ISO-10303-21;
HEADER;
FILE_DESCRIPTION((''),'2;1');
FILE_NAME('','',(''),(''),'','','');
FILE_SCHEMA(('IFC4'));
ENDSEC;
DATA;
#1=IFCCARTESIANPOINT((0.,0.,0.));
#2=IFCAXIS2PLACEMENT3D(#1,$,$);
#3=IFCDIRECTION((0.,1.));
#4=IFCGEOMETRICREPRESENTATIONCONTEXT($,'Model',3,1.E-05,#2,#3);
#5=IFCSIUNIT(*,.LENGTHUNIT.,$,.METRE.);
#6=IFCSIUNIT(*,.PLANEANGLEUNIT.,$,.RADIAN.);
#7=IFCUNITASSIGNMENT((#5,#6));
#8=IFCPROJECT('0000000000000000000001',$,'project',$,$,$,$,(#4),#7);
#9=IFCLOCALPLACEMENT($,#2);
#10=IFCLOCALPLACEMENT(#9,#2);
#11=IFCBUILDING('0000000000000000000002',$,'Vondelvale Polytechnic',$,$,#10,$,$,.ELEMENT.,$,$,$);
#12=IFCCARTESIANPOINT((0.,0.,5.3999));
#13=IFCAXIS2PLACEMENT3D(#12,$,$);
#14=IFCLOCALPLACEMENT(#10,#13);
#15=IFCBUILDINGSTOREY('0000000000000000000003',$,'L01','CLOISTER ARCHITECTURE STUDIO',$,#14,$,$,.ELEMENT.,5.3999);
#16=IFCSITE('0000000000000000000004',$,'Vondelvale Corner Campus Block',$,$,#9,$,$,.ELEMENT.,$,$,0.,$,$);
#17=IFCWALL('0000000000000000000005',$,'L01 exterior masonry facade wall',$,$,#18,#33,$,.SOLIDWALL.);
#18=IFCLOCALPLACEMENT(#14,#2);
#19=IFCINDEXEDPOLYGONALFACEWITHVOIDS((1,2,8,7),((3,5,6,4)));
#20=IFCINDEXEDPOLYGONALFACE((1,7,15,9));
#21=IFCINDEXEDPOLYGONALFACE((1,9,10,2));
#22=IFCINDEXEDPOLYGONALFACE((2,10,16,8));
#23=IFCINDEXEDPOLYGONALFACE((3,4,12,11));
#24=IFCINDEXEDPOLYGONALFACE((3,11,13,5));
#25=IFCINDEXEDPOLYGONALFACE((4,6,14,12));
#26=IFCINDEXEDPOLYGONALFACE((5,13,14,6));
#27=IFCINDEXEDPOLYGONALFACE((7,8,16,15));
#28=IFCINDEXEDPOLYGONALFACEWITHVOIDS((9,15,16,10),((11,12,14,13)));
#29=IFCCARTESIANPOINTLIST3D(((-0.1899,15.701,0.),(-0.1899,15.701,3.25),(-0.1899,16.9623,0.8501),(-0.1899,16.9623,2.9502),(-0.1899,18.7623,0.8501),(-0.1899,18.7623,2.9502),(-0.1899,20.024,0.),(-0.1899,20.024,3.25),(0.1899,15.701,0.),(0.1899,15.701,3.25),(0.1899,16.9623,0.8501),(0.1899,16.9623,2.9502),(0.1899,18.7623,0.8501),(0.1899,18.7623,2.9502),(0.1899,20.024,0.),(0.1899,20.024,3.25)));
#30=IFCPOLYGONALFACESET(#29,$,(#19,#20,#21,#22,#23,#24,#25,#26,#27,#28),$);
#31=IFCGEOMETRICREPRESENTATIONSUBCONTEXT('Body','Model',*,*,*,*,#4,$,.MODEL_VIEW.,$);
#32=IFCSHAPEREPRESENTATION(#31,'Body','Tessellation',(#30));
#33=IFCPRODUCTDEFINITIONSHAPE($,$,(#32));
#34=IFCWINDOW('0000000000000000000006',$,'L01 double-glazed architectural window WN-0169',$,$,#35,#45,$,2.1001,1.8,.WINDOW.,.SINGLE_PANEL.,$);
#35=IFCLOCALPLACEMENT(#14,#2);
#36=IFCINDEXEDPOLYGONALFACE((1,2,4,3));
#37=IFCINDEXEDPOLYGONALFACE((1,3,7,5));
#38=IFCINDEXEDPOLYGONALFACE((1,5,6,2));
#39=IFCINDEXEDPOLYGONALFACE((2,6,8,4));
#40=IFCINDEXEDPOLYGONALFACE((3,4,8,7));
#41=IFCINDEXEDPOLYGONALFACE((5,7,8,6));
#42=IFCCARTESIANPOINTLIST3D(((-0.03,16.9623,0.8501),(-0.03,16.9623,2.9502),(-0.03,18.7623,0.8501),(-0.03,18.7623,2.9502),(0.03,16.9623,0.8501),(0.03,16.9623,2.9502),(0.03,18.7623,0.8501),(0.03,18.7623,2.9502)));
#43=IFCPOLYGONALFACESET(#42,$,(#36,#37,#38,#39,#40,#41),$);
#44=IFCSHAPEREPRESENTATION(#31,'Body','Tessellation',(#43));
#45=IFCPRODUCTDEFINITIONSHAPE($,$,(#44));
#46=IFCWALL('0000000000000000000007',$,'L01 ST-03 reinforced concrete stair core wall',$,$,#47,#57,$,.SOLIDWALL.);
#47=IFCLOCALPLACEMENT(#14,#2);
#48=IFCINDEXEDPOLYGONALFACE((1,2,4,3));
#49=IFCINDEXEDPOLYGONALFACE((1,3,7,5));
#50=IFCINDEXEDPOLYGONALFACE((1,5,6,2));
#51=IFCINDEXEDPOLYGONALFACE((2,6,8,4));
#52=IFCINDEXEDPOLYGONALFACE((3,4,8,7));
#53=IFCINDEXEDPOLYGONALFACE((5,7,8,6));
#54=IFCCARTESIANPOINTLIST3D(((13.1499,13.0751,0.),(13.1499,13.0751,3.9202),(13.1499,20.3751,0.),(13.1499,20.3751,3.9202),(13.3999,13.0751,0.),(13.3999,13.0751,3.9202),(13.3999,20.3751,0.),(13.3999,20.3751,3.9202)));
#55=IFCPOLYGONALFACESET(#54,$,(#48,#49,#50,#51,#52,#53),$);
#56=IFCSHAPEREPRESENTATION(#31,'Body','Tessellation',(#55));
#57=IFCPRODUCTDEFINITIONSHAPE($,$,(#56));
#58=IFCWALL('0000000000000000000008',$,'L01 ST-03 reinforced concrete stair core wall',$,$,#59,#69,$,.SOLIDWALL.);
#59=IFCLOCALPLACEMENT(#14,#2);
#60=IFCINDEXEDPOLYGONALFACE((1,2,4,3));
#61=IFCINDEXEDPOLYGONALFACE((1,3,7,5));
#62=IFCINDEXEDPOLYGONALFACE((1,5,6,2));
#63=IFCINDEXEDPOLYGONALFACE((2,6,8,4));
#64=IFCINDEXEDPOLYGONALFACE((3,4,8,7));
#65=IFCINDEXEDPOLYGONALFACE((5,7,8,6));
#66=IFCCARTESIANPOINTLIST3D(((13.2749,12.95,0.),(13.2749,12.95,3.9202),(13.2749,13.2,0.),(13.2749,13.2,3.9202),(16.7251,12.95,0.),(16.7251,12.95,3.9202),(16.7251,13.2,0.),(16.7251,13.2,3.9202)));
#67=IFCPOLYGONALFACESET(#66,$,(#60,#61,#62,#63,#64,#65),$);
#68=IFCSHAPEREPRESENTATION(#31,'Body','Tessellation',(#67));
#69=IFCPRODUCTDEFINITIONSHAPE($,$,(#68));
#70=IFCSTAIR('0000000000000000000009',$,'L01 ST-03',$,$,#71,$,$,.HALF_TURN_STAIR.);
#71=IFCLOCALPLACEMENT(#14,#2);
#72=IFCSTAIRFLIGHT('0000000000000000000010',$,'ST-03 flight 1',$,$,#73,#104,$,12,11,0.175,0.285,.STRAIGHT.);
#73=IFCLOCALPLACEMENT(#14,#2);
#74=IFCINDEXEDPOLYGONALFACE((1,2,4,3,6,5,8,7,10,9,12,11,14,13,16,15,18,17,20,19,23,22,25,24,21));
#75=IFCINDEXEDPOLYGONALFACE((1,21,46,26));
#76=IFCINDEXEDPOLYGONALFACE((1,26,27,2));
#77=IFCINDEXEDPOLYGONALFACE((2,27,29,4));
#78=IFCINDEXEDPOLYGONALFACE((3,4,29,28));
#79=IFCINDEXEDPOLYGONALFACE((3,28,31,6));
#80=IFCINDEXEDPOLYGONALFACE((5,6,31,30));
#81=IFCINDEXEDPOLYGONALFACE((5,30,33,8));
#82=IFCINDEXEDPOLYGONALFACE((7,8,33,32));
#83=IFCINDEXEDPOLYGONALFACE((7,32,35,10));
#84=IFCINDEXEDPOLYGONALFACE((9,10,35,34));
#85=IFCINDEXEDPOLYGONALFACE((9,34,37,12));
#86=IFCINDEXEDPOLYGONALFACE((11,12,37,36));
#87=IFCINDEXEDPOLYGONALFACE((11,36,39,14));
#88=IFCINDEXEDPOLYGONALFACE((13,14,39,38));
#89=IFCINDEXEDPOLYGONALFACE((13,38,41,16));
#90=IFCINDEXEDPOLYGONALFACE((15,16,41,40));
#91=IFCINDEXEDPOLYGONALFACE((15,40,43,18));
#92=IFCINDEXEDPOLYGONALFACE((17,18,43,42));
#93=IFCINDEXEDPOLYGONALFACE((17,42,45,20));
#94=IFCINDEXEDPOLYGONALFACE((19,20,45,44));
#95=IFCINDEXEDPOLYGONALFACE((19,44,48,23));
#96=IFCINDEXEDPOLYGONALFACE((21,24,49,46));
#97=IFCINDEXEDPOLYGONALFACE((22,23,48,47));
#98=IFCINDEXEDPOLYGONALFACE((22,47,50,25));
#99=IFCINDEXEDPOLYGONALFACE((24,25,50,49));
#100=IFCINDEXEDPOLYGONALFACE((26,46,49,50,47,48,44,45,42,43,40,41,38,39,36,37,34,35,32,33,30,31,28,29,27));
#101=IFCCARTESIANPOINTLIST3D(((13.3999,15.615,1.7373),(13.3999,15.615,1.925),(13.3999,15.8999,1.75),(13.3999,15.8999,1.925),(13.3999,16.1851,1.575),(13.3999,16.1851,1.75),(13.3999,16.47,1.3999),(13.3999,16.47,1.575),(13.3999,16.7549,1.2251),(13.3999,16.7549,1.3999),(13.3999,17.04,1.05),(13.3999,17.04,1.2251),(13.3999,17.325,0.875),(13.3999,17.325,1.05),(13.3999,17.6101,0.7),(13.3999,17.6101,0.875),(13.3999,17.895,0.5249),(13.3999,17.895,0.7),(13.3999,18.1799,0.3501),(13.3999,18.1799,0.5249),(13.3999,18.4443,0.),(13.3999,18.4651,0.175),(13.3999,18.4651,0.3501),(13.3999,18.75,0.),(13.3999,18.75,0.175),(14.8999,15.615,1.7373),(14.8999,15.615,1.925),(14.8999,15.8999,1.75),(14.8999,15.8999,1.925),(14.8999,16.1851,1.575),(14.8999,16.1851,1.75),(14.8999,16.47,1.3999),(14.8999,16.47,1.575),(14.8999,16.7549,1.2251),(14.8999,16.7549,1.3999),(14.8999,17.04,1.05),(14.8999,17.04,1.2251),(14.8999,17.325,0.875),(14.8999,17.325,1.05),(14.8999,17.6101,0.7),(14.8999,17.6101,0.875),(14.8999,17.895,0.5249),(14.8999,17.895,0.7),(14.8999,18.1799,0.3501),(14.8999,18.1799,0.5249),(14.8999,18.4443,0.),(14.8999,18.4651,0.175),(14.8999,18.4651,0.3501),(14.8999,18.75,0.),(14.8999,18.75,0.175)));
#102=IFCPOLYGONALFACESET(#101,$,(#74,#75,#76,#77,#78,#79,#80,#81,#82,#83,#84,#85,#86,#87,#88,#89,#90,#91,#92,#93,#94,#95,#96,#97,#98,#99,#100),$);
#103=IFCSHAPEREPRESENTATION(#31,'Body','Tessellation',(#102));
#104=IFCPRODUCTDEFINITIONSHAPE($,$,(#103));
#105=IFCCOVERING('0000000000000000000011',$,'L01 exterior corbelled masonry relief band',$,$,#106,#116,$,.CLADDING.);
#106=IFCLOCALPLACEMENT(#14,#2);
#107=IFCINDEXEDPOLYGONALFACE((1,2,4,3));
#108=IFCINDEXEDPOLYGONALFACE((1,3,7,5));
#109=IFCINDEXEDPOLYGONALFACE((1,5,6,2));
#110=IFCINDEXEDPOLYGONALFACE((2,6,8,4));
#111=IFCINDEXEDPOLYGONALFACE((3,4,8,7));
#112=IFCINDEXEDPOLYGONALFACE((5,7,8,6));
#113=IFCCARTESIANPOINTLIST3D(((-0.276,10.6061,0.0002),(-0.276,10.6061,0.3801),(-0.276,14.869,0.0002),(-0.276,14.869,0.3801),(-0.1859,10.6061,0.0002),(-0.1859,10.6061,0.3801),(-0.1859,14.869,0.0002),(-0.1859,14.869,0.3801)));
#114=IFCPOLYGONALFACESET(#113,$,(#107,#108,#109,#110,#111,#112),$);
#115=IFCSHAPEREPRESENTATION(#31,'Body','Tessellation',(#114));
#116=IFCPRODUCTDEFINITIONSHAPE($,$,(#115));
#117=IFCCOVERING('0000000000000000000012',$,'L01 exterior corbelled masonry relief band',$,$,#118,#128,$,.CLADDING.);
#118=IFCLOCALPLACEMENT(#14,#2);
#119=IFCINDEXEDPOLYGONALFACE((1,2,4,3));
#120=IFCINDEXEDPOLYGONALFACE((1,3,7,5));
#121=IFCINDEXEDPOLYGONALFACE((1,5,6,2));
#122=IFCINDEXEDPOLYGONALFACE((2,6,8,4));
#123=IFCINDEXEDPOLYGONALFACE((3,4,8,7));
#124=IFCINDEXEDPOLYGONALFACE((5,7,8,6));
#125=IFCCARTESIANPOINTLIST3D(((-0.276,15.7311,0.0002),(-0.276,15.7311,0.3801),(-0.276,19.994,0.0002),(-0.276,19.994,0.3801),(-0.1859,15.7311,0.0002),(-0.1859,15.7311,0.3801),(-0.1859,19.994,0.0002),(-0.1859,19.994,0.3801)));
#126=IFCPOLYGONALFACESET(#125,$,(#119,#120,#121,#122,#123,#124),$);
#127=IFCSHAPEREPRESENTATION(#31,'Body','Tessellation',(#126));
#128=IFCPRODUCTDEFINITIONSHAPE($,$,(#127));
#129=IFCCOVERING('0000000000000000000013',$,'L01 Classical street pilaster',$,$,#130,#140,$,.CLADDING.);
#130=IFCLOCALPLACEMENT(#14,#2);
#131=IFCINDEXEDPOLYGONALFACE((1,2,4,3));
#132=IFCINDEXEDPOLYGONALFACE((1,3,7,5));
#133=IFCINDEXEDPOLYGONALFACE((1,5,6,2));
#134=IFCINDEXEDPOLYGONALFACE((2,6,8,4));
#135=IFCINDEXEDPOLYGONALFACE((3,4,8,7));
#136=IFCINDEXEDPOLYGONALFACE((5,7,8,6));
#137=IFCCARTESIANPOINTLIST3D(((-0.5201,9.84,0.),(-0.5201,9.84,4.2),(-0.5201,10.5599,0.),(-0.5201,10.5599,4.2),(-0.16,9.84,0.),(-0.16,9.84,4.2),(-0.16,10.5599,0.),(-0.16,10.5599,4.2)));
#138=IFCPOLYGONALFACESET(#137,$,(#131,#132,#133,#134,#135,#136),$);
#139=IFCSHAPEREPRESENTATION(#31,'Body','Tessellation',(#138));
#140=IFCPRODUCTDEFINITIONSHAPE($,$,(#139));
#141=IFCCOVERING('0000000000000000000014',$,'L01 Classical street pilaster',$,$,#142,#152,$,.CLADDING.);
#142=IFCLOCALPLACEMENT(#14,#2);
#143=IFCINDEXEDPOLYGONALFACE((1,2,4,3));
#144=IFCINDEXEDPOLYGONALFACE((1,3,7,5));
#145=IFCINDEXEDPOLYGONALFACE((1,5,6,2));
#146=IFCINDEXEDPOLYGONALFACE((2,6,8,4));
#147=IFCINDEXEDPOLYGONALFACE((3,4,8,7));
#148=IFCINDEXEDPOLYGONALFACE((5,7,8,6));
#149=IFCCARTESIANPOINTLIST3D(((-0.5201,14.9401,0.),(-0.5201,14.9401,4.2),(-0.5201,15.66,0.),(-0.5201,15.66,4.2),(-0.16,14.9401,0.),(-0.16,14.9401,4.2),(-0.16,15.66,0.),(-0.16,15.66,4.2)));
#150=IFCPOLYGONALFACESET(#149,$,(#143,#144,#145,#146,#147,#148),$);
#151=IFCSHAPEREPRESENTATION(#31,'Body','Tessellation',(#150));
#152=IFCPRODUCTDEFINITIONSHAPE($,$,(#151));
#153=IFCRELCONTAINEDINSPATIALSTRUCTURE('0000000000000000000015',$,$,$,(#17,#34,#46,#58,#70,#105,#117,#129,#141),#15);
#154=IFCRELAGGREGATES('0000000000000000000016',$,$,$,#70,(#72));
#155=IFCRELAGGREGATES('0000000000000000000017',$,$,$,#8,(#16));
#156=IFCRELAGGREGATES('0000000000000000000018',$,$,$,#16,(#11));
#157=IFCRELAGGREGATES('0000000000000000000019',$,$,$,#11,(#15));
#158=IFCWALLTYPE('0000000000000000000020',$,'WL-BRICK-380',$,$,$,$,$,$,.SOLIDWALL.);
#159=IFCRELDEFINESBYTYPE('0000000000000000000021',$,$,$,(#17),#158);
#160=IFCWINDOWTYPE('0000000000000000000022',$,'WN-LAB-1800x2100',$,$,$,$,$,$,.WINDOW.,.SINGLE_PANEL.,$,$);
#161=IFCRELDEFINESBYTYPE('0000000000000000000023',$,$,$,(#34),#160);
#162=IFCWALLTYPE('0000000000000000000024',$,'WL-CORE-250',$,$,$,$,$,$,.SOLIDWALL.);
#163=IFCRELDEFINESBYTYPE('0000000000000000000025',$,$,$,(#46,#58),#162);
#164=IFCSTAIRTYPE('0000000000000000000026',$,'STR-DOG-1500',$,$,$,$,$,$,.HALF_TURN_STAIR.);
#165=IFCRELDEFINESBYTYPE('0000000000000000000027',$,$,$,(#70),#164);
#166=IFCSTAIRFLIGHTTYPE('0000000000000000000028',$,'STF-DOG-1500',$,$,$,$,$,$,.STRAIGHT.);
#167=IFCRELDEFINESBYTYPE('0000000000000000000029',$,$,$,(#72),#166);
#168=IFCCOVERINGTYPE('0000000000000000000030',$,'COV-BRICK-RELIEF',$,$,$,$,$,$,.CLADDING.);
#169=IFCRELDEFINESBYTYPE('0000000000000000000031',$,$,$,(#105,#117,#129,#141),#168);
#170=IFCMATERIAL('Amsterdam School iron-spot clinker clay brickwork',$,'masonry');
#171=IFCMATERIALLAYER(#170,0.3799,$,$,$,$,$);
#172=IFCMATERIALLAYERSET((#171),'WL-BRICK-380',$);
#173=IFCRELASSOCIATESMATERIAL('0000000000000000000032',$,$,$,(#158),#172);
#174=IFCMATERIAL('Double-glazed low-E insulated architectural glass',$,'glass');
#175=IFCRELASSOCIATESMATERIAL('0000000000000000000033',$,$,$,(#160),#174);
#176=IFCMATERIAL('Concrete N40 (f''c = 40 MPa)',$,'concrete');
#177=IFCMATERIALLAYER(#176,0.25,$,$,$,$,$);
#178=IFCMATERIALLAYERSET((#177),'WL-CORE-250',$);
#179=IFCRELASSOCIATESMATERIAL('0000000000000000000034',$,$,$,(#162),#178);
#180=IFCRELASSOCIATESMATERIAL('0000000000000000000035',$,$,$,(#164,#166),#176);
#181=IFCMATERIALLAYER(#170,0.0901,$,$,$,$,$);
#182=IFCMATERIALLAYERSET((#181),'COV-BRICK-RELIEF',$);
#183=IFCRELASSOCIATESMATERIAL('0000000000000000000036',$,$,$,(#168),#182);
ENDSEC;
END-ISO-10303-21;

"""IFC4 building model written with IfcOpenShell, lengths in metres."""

from ifc_helpers import new_model, si_unit, direction, frame, frame_2d, origin, origin_2d, place, context, subcontext, project, spatial, polyline, rectangle, outline, extrude, material, layer, layer_set, type_object, element, fill, aggregate, save


model = new_model("IFC4")

# Units and contexts
model_context = context("Model", 3, precision=1e-05, world=origin(), true_north=direction((0.0, 1.0)))
body_context = subcontext(model_context, "Body", "Model", "MODEL_VIEW")
ifc_project = project(units=[si_unit("LENGTHUNIT", "METRE"), si_unit("PLANEANGLEUNIT", "RADIAN")], contexts=[model_context])

# Site, building, storey
site_placement = place(None, origin())
site = spatial("IfcSite", under=ifc_project, at=site_placement, Name="Vondelvale Corner Campus Block", CompositionType="ELEMENT", RefElevation=0.0)
building_placement = place(site_placement, origin())
building = spatial("IfcBuilding", under=site, at=building_placement, Name="Vondelvale Polytechnic", CompositionType="ELEMENT")
storey_placement = place(building_placement, frame((0.0, 0.0, 5.3999)))
storey = spatial("IfcBuildingStorey", under=building, at=storey_placement, Name="L01", Description="CLOISTER ARCHITECTURE STUDIO", CompositionType="ELEMENT", Elevation=5.3999)

# Shared definitions
ifc_material_1 = material(Name="Concrete N40 (f'c = 40 MPa)", Category="concrete")

# Wall, opening, window
ifc_material_2 = material(Name="Amsterdam School iron-spot clinker clay brickwork", Category="masonry")
ifc_layer_1 = layer(ifc_material_2, 0.3799)
ifc_layer_set_1 = layer_set([ifc_layer_1], Name="WL-BRICK-380")
wall_type_1 = type_object("IfcWallType", Name="WL-BRICK-380", PredefinedType="SOLIDWALL", material=ifc_layer_set_1)
ifc_material_3 = material(Name="Double-glazed low-E insulated architectural glass", Category="glass")
window_type = type_object("IfcWindowType", Name="WN-LAB-1800x2100", PartitioningType="SINGLE_PANEL", PredefinedType="WINDOW", material=ifc_material_3)
wall_1_placement = place(storey_placement, frame((0.0, 15.7009, 0.0), z_axis=(0.0, 0.0, 1.0), x_axis=(0.0, 1.0, 0.0)))
wall_1 = element("IfcWall", 1, at=wall_1_placement, inside=storey, type_object=wall_type_1, Name="L01 exterior masonry facade wall", PredefinedType="SOLIDWALL", context=body_context, shape_type="SweptSolid", body=[
    extrude(rectangle(XDim=4.323, YDim=0.3799, at=frame_2d((2.1616, 0.0))), origin(), (0.0, 0.0, 1.0), 3.25),
])
opening_1_placement = place(wall_1_placement, frame((1.2615, 0.0, 0.8501)))
opening_1 = element("IfcOpeningElement", 2, at=opening_1_placement, cuts=wall_1, PredefinedType="OPENING", context=body_context, shape_type="SweptSolid", body=[
    extrude(rectangle(XDim=1.8, YDim=2.1001, at=frame_2d((0.8999, 1.05))), frame((0.0, 0.2, 0.0), z_axis=(0.0, -1.0, 0.0), x_axis=(1.0, 0.0, 0.0)), (0.0, 0.0, 1.0), 0.3999),
])
window_1_placement = place(opening_1_placement, origin())
window_1 = element("IfcWindow", 3, at=window_1_placement, inside=storey, type_object=window_type, Name="L01 double-glazed architectural window WN-0169", OverallHeight=2.1001, OverallWidth=1.8, PartitioningType="SINGLE_PANEL", PredefinedType="WINDOW", context=body_context, shape_type="SweptSolid", body=[
    extrude(rectangle(XDim=1.8, YDim=2.1001, at=frame_2d((0.8999, 1.05))), frame((0.0, 0.03, 0.0), z_axis=(0.0, -1.0, 0.0), x_axis=(1.0, 0.0, 0.0)), (0.0, 0.0, 1.0), 0.0601),
])
fill(opening_1, window_1)

# Walls
ifc_layer_2 = layer(ifc_material_1, 0.25)
ifc_layer_set_2 = layer_set([ifc_layer_2], Name="WL-CORE-250")
wall_type_2 = type_object("IfcWallType", Name="WL-CORE-250", PredefinedType="SOLIDWALL", material=ifc_layer_set_2)
wall_2_placement = place(storey_placement, frame((13.2749, 20.375, 0.0), z_axis=(0.0, 0.0, 1.0), x_axis=(0.0, -1.0, 0.0)))
element("IfcWall", 4, at=wall_2_placement, inside=storey, type_object=wall_type_2, Name="L01 ST-03 reinforced concrete stair core wall", PredefinedType="SOLIDWALL", context=body_context, shape_type="SweptSolid", body=[
    extrude(rectangle(XDim=7.3, YDim=0.25, at=frame_2d((3.6499, 0.0))), origin(), (0.0, 0.0, 1.0), 3.9202),
])
wall_3_placement = place(storey_placement, frame((13.2749, 13.075, 0.0), z_axis=(0.0, 0.0, 1.0), x_axis=(1.0, 0.0, 0.0)))
element("IfcWall", 5, at=wall_3_placement, inside=storey, type_object=wall_type_2, Name="L01 ST-03 reinforced concrete stair core wall", PredefinedType="SOLIDWALL", context=body_context, shape_type="SweptSolid", body=[
    extrude(rectangle(XDim=3.4502, YDim=0.25, at=frame_2d((1.7251, 0.0))), origin(), (0.0, 0.0, 1.0), 3.9202),
])

# Stair, stair flight
stair_type = type_object("IfcStairType", Name="STR-DOG-1500", PredefinedType="HALF_TURN_STAIR", material=ifc_material_1)
stair_placement = place(storey_placement, origin())
stair = element("IfcStair", 6, at=stair_placement, inside=storey, type_object=stair_type, Name="L01 ST-03", PredefinedType="HALF_TURN_STAIR")
stair_flight_type = type_object("IfcStairFlightType", Name="STF-DOG-1500", PredefinedType="STRAIGHT", material=ifc_material_1)
stair_flight_placement = place(storey_placement, frame((14.1499, 18.75, 0.0), z_axis=(0.0, 0.0, 1.0), x_axis=(0.0, -1.0, 0.0)))
stair_flight = element("IfcStairFlight", 7, at=stair_flight_placement, type_object=stair_flight_type, Name="ST-03 flight 1", NumberOfRisers=12, NumberOfTreads=11, PredefinedType="STRAIGHT", RiserHeight=0.175, TreadLength=0.285, context=body_context, shape_type="SweptSolid", body=[
    extrude(outline(polyline([(0.0, 0.0), (0.0, 0.175), (0.2849, 0.175), (0.2849, 0.3501), (0.5701, 0.3501), (0.5701, 0.5249), (0.855, 0.5249), (0.855, 0.7), (1.1399, 0.7), (1.1399, 0.875), (1.425, 0.875), (1.425, 1.05), (1.71, 1.05), (1.71, 1.2251), (1.9951, 1.2251), (1.9951, 1.3999), (2.28, 1.3999), (2.28, 1.575), (2.5649, 1.575), (2.5649, 1.75), (2.8501, 1.75), (2.8501, 1.925), (3.135, 1.925), (3.135, 2.1001), (3.135, 1.7373), (0.3057, 0.0), (0.0, 0.0)])), frame((0.0, 0.75, 0.0), z_axis=(0.0, -1.0, 0.0), x_axis=(1.0, 0.0, 0.0)), (0.0, 0.0, 1.0), 1.5),
])
aggregate(stair, [stair_flight])

# Coverings
ifc_layer_3 = layer(ifc_material_2, 0.0901)
ifc_layer_set_3 = layer_set([ifc_layer_3], Name="COV-BRICK-RELIEF")
covering_type = type_object("IfcCoveringType", Name="COV-BRICK-RELIEF", PredefinedType="CLADDING", material=ifc_layer_set_3)
for number, where, z_axis, x_axis, name in (
    (8, (-0.231, 12.7375, 0.0002), (0.0, 0.0, 1.0), (0.0, 1.0, 0.0), "L01 exterior corbelled masonry relief band"),
    (9, (-0.231, 17.8625, 0.0002), (0.0, 0.0, 1.0), (0.0, 1.0, 0.0), "L01 exterior corbelled masonry relief band"),
):
    element("IfcCovering", number, at=place(storey_placement, frame(where, z_axis=z_axis, x_axis=x_axis)), inside=storey, type_object=covering_type, Name=name, PredefinedType="CLADDING", context=body_context, shape_type="SweptSolid", body=[
        extrude(rectangle(XDim=4.2629, YDim=0.0901, at=origin_2d()), origin(), (0.0, 0.0, 1.0), 0.3799),
    ])
for number, where, z_axis, x_axis, name in (
    (10, (-0.3401, 10.2, 0.0), (0.0, 0.0, 1.0), (1.0, 0.0, 0.0), "L01 Classical street pilaster"),
    (11, (-0.3401, 15.3, 0.0), (0.0, 0.0, 1.0), (1.0, 0.0, 0.0), "L01 Classical street pilaster"),
):
    element("IfcCovering", number, at=place(storey_placement, frame(where, z_axis=z_axis, x_axis=x_axis)), inside=storey, type_object=covering_type, Name=name, PredefinedType="CLADDING", context=body_context, shape_type="SweptSolid", body=[
        extrude(rectangle(XDim=0.3601, YDim=0.72, at=origin_2d()), origin(), (0.0, 0.0, 1.0), 4.2),
    ])

save(model, "model.ifc")
